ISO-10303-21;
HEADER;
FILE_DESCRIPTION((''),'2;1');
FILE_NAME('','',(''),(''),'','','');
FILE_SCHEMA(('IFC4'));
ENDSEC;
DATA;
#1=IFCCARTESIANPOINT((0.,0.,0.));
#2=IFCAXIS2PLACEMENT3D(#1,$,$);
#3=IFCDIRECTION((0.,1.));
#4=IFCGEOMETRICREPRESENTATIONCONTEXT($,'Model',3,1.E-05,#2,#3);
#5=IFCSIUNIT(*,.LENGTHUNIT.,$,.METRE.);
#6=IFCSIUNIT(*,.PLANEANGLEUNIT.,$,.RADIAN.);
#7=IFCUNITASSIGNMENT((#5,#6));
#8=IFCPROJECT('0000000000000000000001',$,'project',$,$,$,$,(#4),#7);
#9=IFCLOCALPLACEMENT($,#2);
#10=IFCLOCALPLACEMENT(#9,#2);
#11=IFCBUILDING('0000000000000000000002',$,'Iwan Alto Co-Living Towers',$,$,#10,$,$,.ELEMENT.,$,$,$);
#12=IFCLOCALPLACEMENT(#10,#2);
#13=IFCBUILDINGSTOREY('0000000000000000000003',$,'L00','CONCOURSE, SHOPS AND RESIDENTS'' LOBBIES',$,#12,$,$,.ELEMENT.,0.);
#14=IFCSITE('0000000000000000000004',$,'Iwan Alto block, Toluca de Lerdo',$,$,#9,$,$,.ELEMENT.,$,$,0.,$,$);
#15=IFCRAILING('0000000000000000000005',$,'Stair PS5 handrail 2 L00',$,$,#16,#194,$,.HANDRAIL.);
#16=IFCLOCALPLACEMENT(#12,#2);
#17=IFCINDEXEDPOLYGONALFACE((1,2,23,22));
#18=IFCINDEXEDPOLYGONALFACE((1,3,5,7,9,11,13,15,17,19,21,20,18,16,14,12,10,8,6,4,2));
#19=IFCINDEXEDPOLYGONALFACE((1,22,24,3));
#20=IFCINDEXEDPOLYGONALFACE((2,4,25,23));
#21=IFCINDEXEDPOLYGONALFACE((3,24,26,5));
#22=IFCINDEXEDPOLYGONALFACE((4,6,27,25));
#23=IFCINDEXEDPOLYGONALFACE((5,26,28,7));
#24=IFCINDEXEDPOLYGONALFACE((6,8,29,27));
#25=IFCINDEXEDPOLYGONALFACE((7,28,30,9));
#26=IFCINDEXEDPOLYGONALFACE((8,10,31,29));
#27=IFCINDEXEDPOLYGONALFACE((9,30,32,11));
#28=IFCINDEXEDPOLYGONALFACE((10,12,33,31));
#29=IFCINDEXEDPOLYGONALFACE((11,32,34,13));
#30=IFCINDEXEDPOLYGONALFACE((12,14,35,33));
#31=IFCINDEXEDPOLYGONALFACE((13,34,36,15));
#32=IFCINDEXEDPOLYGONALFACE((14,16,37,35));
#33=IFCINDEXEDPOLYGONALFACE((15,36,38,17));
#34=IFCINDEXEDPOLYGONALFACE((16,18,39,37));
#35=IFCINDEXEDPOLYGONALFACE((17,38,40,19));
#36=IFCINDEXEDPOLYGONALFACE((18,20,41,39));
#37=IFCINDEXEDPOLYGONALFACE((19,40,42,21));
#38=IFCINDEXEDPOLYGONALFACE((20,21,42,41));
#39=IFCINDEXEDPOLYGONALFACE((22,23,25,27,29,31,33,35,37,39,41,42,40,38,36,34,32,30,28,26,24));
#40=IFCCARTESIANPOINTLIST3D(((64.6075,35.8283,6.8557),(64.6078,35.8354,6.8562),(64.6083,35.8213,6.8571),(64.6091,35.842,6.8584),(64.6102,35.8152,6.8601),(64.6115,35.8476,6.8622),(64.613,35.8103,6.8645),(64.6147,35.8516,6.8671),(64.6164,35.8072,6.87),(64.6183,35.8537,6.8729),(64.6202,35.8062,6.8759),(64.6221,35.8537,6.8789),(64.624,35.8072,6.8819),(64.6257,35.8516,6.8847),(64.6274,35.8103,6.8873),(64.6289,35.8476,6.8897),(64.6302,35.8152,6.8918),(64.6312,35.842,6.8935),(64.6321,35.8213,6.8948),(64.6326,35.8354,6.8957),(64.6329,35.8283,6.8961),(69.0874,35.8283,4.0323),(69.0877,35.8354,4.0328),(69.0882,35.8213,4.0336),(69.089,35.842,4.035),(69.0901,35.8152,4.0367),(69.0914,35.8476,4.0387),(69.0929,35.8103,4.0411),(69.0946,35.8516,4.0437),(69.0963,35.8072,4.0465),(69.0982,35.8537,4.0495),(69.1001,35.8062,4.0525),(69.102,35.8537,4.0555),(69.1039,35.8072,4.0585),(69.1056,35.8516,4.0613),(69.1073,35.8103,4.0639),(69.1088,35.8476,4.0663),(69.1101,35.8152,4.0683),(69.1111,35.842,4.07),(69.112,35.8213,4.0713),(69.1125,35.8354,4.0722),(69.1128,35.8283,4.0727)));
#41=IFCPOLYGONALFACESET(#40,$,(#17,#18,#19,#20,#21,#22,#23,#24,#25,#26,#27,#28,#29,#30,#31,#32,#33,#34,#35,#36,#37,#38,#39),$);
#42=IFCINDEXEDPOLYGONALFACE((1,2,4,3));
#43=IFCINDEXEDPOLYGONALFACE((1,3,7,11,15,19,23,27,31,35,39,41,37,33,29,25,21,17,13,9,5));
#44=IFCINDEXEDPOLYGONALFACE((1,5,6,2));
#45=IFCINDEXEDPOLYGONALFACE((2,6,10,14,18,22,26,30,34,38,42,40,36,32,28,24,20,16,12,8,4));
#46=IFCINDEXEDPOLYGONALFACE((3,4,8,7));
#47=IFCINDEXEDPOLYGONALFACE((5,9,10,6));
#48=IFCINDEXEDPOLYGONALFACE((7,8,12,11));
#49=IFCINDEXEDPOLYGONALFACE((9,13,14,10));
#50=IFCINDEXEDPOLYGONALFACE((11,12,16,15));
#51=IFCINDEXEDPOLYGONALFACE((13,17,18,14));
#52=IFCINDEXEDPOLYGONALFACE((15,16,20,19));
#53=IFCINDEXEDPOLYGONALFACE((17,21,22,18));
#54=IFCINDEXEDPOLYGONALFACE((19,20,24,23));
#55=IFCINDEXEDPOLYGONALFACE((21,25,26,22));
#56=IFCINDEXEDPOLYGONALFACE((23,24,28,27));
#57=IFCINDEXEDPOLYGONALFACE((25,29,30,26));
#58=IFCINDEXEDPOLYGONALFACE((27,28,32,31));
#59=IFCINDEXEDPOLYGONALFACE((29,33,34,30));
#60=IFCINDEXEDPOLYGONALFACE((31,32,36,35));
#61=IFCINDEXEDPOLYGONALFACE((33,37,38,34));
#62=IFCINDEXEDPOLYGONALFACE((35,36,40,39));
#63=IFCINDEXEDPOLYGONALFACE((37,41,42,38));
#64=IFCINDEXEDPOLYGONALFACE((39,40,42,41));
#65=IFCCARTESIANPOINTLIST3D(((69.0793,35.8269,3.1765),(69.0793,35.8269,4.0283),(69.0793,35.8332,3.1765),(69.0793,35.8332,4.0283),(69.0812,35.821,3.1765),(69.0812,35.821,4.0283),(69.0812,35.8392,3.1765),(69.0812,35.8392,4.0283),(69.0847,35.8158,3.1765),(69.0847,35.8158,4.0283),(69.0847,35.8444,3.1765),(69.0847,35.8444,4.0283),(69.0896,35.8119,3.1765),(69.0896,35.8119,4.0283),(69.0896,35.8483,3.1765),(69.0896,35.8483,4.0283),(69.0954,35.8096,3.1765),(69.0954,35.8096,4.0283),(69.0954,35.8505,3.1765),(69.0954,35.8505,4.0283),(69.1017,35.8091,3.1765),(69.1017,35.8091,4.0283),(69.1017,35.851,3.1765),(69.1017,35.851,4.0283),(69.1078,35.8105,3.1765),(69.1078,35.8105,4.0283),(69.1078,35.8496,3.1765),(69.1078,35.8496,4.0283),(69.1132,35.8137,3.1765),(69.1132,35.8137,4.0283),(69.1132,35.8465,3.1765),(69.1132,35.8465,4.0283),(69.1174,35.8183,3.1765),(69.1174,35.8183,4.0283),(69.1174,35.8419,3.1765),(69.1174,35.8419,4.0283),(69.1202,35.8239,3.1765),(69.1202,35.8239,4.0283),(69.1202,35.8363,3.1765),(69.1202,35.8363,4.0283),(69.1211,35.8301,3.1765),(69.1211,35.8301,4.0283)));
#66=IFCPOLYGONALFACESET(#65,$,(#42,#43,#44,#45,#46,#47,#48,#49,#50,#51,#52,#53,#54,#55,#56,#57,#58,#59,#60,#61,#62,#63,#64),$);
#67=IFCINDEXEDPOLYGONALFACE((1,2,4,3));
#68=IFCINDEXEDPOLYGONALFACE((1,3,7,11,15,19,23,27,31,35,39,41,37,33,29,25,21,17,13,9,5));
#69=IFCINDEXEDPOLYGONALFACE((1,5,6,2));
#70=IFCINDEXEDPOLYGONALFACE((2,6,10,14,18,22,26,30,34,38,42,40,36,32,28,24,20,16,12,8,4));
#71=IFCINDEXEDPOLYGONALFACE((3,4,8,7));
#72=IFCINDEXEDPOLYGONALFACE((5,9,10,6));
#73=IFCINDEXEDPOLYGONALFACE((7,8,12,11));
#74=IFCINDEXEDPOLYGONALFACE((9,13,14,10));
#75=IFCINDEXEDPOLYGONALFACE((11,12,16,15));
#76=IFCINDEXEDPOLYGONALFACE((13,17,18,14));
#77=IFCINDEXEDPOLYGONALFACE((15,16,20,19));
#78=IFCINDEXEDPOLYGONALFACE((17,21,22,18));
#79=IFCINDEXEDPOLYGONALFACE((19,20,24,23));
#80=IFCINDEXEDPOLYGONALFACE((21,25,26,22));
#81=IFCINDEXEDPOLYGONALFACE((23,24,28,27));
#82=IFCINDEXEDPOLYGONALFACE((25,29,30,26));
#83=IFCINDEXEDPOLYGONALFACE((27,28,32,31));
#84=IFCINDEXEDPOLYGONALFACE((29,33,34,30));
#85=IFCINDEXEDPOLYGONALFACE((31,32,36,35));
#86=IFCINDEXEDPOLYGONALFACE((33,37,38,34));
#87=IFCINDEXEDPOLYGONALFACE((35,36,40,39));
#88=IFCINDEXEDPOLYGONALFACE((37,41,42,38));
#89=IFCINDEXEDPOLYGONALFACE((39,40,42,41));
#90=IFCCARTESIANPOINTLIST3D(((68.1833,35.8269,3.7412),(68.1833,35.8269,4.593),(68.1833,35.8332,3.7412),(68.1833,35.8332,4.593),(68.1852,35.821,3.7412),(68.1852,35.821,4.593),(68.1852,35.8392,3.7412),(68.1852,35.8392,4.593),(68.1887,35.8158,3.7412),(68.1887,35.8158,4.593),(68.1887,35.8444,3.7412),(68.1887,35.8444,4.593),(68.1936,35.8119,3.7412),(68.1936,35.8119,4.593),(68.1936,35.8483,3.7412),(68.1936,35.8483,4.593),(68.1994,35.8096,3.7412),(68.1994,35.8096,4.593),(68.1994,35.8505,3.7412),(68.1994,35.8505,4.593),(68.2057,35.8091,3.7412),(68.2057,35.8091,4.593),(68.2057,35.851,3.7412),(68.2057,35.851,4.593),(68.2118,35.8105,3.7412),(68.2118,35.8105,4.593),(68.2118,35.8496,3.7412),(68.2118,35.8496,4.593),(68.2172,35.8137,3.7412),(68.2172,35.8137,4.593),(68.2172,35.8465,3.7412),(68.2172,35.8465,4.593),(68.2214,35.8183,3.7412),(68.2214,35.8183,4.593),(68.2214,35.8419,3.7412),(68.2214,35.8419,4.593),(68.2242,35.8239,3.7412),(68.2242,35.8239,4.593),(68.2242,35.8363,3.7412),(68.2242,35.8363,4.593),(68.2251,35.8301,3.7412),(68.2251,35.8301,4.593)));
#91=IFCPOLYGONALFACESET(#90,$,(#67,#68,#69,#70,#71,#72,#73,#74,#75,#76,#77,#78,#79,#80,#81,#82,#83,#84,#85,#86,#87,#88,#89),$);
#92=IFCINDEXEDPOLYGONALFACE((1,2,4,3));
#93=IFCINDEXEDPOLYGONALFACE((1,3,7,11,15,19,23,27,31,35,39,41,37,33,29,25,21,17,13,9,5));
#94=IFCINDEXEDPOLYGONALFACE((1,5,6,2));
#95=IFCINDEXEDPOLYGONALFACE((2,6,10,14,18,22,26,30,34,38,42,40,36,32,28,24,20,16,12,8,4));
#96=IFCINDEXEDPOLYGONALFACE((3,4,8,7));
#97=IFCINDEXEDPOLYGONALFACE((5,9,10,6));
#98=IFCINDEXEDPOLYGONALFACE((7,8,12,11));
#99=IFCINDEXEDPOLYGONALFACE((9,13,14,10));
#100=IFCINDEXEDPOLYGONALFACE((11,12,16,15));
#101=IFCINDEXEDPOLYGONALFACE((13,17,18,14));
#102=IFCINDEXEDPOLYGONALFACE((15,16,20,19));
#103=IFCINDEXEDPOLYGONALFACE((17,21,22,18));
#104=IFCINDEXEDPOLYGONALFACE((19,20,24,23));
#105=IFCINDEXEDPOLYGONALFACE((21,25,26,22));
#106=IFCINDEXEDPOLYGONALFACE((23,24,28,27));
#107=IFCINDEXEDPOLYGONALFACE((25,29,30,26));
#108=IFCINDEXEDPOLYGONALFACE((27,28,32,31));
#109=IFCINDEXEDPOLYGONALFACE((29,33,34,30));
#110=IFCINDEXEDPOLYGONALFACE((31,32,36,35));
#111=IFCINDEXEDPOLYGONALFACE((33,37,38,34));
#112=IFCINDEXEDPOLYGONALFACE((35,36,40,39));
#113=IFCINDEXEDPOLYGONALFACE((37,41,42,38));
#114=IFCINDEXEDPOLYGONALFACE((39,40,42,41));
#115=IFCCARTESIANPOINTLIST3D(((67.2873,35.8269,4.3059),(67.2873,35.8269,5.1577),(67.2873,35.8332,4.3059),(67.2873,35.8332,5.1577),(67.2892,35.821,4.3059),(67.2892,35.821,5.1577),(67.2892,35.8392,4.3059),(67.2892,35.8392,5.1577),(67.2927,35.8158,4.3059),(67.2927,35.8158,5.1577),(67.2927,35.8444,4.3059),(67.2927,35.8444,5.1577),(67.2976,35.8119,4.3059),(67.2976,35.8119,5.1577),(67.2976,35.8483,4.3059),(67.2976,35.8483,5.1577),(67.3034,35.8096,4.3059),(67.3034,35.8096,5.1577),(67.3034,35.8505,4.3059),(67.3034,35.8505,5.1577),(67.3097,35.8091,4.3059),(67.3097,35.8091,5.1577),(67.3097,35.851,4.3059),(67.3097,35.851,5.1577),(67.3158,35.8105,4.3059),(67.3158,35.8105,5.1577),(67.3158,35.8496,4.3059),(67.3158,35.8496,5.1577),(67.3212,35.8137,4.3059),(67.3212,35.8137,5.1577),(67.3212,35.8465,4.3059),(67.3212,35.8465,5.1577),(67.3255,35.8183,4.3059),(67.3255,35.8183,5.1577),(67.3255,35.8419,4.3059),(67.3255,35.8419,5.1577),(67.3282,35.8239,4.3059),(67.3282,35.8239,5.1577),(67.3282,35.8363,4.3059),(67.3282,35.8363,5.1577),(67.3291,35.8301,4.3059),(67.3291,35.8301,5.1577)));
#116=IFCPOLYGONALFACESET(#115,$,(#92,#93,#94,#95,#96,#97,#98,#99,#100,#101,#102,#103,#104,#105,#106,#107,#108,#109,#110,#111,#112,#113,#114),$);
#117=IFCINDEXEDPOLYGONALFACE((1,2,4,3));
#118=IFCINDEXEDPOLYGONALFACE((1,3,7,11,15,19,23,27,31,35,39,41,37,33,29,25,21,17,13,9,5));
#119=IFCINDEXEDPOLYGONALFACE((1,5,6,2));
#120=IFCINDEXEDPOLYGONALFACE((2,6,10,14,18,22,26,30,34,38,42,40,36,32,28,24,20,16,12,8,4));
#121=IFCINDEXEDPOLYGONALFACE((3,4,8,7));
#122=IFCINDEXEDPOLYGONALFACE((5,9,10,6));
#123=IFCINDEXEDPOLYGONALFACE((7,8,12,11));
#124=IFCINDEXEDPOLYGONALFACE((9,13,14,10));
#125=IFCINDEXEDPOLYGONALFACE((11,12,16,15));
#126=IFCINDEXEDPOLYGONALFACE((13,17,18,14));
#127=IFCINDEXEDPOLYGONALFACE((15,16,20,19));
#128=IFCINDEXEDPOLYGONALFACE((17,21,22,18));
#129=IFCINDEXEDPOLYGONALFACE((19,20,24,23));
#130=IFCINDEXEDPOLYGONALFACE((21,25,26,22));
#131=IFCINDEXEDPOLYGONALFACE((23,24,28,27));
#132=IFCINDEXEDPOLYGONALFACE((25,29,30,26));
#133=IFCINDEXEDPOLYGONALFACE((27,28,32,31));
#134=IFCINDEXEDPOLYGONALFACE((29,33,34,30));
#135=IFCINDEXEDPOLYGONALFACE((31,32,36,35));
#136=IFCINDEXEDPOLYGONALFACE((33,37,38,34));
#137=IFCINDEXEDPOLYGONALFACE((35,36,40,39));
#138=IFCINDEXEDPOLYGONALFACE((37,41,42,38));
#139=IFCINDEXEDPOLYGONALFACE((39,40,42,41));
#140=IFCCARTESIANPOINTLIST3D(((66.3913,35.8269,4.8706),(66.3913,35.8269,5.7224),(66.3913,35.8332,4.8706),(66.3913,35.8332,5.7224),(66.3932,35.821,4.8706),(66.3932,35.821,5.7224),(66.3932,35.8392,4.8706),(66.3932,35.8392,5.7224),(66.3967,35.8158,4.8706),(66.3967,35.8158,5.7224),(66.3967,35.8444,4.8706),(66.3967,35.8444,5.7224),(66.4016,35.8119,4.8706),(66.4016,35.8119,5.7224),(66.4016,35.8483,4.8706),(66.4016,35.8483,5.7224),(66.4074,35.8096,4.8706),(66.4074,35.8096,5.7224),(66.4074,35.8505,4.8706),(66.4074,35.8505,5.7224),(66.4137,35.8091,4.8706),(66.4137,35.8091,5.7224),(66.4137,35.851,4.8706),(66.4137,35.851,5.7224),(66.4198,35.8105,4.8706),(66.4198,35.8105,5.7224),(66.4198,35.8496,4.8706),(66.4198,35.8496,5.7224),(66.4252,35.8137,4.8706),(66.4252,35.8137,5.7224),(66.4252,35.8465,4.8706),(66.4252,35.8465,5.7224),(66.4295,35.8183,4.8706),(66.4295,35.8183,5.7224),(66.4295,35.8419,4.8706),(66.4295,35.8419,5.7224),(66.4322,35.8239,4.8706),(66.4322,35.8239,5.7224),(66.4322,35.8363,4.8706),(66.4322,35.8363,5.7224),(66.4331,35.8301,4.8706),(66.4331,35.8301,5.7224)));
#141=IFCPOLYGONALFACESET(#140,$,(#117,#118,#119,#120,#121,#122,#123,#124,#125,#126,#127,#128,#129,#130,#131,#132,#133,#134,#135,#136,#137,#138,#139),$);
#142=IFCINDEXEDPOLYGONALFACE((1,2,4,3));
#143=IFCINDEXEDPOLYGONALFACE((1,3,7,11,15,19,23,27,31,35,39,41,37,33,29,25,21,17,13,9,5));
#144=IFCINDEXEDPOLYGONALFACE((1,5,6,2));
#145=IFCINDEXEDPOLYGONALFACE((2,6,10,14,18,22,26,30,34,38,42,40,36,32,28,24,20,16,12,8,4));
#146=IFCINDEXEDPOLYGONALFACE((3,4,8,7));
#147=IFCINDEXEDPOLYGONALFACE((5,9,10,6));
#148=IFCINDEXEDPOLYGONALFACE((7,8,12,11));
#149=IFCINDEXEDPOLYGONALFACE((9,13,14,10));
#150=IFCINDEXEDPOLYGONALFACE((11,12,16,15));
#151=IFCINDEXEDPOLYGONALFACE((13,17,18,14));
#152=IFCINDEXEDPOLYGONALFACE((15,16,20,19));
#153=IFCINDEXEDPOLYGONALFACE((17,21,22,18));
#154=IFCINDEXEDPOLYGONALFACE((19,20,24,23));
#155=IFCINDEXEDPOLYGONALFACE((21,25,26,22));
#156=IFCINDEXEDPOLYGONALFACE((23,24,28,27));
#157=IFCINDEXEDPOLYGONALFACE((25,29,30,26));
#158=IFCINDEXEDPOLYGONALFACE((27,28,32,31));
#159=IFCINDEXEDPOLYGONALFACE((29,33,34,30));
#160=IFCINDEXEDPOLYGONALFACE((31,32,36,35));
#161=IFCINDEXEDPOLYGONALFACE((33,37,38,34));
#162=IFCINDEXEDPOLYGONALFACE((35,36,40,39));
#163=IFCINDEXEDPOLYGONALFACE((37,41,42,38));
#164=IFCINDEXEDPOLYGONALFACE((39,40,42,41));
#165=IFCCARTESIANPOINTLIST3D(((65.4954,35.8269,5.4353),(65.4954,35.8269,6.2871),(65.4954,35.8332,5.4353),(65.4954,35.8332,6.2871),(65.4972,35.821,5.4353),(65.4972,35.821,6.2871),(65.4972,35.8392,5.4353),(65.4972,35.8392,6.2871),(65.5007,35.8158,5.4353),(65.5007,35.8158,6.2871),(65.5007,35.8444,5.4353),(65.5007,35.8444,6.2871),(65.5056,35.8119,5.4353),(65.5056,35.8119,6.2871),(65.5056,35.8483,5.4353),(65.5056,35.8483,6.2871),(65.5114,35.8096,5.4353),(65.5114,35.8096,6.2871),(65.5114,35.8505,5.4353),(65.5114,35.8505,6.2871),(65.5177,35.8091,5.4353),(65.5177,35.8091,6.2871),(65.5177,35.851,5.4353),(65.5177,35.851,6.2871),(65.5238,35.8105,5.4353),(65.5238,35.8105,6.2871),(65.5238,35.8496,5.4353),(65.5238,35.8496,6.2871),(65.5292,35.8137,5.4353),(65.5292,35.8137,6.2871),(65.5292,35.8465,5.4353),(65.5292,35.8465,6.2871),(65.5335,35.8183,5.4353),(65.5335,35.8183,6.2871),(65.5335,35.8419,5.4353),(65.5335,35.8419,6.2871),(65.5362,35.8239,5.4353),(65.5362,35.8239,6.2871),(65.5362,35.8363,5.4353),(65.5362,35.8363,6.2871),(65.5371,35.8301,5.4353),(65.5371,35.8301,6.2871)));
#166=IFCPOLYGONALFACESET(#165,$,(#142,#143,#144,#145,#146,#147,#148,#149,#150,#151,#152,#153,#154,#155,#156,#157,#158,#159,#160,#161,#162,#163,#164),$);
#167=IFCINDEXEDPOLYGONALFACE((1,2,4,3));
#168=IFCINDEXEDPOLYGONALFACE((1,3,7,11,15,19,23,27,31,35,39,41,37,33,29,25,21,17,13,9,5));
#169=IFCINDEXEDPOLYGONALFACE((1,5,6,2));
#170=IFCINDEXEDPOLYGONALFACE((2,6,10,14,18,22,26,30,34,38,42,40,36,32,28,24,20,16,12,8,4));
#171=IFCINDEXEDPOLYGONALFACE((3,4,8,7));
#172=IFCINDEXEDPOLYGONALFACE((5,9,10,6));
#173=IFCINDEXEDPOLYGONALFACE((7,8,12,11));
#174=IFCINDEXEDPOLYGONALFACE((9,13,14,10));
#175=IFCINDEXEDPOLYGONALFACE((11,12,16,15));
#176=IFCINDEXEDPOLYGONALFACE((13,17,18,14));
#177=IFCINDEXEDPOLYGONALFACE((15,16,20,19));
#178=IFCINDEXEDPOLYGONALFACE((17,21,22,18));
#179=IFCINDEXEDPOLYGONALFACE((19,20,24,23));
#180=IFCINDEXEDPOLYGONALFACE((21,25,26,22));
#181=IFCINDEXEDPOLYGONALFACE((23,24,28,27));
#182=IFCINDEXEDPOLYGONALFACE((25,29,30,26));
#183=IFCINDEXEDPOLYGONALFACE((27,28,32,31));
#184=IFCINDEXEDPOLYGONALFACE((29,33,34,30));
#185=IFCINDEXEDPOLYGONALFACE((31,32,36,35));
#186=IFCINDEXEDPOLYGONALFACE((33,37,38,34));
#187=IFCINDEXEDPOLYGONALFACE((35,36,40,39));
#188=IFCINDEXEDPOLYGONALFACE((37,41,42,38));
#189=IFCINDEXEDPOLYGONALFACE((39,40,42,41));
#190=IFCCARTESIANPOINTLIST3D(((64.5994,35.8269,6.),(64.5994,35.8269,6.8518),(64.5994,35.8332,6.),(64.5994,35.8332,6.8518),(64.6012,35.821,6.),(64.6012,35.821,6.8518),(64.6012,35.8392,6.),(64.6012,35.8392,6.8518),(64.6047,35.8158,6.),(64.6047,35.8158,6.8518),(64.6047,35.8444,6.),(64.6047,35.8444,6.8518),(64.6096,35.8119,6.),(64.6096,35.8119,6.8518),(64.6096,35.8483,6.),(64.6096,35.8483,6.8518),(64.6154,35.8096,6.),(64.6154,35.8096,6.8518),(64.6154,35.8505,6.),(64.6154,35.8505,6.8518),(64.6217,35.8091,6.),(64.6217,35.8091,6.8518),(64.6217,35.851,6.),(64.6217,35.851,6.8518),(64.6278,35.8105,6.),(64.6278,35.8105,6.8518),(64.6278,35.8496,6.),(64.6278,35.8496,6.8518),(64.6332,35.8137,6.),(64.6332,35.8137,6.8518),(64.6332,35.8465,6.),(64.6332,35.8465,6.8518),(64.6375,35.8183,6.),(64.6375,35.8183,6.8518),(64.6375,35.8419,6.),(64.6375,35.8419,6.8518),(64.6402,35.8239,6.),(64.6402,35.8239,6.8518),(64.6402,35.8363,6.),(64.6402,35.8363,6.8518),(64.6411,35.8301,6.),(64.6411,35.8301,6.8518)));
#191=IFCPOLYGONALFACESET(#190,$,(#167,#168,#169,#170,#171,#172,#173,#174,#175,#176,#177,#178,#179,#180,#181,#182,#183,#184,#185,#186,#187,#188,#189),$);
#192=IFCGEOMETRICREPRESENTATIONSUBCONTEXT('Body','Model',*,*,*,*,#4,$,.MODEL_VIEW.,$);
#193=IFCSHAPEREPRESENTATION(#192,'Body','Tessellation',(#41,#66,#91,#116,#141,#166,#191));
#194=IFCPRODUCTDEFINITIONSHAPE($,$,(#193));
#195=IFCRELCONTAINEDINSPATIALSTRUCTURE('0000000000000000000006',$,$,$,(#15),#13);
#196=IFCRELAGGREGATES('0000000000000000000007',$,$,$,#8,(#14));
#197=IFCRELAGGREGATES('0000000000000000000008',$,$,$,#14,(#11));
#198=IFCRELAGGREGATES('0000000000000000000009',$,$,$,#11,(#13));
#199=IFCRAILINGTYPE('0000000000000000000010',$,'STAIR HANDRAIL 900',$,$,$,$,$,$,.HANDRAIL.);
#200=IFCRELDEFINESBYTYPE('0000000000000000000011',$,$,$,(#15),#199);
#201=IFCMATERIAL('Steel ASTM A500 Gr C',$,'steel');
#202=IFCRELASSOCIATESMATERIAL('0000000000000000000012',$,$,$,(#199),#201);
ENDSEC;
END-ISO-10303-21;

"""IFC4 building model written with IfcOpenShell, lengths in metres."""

from ifc_helpers import new_model, si_unit, direction, frame, origin, origin_2d, place, context, subcontext, project, spatial, circle, extrude, material, type_object, element, save


model = new_model("IFC4")

# Units and contexts
model_context = context("Model", 3, precision=1e-05, world=origin(), true_north=direction((0.0, 1.0)))
body_context = subcontext(model_context, "Body", "Model", "MODEL_VIEW")
ifc_project = project(units=[si_unit("LENGTHUNIT", "METRE"), si_unit("PLANEANGLEUNIT", "RADIAN")], contexts=[model_context])

# Site, building, storey
site_placement = place(None, origin())
site = spatial("IfcSite", under=ifc_project, at=site_placement, Name="Iwan Alto block, Toluca de Lerdo", CompositionType="ELEMENT", RefElevation=0.0)
building_placement = place(site_placement, origin())
building = spatial("IfcBuilding", under=site, at=building_placement, Name="Iwan Alto Co-Living Towers", CompositionType="ELEMENT")
storey_placement = place(building_placement, origin())
storey = spatial("IfcBuildingStorey", under=building, at=storey_placement, Name="L00", Description="CONCOURSE, SHOPS AND RESIDENTS' LOBBIES", CompositionType="ELEMENT", Elevation=0.0)

# Railing
ifc_material_1 = material(Name="Steel ASTM A500 Gr C", Category="steel")
railing_type_1 = type_object("IfcRailingType", Name="STAIR HANDRAIL 900", PredefinedType="HANDRAIL", material=ifc_material_1)
railing_1_placement = place(storey_placement, frame((69.1001, 35.8301, 3.1765)))
element("IfcRailing", 1, at=railing_1_placement, inside=storey, type_object=railing_type_1, Name="Stair PS5 handrail 2 L00", PredefinedType="HANDRAIL", context=body_context, shape_type="SweptSolid", body=[
    extrude(circle(Radius=0.0239, at=origin_2d()), frame((0.0, 0.0, 0.876), z_axis=(-0.845998, 0.0, 0.533186), x_axis=(0.0, -1.0, 0.0)), (0.0, 0.0, 1.0), 5.2954),
    extrude(circle(Radius=0.021, at=origin_2d()), origin(), (0.0, 0.0, 1.0), 0.8518),
    extrude(circle(Radius=0.021, at=origin_2d()), frame((-0.896, 0.0, 0.5647)), (0.0, 0.0, 1.0), 0.8518),
    extrude(circle(Radius=0.021, at=origin_2d()), frame((-1.792, 0.0, 1.1294)), (0.0, 0.0, 1.0), 0.8518),
    extrude(circle(Radius=0.021, at=origin_2d()), frame((-2.688, 0.0, 1.6941)), (0.0, 0.0, 1.0), 0.8518),
    extrude(circle(Radius=0.021, at=origin_2d()), frame((-3.584, 0.0, 2.2588)), (0.0, 0.0, 1.0), 0.8518),
    extrude(circle(Radius=0.021, at=origin_2d()), frame((-4.48, 0.0, 2.8235)), (0.0, 0.0, 1.0), 0.8518),
])

save(model, "model.ifc")
